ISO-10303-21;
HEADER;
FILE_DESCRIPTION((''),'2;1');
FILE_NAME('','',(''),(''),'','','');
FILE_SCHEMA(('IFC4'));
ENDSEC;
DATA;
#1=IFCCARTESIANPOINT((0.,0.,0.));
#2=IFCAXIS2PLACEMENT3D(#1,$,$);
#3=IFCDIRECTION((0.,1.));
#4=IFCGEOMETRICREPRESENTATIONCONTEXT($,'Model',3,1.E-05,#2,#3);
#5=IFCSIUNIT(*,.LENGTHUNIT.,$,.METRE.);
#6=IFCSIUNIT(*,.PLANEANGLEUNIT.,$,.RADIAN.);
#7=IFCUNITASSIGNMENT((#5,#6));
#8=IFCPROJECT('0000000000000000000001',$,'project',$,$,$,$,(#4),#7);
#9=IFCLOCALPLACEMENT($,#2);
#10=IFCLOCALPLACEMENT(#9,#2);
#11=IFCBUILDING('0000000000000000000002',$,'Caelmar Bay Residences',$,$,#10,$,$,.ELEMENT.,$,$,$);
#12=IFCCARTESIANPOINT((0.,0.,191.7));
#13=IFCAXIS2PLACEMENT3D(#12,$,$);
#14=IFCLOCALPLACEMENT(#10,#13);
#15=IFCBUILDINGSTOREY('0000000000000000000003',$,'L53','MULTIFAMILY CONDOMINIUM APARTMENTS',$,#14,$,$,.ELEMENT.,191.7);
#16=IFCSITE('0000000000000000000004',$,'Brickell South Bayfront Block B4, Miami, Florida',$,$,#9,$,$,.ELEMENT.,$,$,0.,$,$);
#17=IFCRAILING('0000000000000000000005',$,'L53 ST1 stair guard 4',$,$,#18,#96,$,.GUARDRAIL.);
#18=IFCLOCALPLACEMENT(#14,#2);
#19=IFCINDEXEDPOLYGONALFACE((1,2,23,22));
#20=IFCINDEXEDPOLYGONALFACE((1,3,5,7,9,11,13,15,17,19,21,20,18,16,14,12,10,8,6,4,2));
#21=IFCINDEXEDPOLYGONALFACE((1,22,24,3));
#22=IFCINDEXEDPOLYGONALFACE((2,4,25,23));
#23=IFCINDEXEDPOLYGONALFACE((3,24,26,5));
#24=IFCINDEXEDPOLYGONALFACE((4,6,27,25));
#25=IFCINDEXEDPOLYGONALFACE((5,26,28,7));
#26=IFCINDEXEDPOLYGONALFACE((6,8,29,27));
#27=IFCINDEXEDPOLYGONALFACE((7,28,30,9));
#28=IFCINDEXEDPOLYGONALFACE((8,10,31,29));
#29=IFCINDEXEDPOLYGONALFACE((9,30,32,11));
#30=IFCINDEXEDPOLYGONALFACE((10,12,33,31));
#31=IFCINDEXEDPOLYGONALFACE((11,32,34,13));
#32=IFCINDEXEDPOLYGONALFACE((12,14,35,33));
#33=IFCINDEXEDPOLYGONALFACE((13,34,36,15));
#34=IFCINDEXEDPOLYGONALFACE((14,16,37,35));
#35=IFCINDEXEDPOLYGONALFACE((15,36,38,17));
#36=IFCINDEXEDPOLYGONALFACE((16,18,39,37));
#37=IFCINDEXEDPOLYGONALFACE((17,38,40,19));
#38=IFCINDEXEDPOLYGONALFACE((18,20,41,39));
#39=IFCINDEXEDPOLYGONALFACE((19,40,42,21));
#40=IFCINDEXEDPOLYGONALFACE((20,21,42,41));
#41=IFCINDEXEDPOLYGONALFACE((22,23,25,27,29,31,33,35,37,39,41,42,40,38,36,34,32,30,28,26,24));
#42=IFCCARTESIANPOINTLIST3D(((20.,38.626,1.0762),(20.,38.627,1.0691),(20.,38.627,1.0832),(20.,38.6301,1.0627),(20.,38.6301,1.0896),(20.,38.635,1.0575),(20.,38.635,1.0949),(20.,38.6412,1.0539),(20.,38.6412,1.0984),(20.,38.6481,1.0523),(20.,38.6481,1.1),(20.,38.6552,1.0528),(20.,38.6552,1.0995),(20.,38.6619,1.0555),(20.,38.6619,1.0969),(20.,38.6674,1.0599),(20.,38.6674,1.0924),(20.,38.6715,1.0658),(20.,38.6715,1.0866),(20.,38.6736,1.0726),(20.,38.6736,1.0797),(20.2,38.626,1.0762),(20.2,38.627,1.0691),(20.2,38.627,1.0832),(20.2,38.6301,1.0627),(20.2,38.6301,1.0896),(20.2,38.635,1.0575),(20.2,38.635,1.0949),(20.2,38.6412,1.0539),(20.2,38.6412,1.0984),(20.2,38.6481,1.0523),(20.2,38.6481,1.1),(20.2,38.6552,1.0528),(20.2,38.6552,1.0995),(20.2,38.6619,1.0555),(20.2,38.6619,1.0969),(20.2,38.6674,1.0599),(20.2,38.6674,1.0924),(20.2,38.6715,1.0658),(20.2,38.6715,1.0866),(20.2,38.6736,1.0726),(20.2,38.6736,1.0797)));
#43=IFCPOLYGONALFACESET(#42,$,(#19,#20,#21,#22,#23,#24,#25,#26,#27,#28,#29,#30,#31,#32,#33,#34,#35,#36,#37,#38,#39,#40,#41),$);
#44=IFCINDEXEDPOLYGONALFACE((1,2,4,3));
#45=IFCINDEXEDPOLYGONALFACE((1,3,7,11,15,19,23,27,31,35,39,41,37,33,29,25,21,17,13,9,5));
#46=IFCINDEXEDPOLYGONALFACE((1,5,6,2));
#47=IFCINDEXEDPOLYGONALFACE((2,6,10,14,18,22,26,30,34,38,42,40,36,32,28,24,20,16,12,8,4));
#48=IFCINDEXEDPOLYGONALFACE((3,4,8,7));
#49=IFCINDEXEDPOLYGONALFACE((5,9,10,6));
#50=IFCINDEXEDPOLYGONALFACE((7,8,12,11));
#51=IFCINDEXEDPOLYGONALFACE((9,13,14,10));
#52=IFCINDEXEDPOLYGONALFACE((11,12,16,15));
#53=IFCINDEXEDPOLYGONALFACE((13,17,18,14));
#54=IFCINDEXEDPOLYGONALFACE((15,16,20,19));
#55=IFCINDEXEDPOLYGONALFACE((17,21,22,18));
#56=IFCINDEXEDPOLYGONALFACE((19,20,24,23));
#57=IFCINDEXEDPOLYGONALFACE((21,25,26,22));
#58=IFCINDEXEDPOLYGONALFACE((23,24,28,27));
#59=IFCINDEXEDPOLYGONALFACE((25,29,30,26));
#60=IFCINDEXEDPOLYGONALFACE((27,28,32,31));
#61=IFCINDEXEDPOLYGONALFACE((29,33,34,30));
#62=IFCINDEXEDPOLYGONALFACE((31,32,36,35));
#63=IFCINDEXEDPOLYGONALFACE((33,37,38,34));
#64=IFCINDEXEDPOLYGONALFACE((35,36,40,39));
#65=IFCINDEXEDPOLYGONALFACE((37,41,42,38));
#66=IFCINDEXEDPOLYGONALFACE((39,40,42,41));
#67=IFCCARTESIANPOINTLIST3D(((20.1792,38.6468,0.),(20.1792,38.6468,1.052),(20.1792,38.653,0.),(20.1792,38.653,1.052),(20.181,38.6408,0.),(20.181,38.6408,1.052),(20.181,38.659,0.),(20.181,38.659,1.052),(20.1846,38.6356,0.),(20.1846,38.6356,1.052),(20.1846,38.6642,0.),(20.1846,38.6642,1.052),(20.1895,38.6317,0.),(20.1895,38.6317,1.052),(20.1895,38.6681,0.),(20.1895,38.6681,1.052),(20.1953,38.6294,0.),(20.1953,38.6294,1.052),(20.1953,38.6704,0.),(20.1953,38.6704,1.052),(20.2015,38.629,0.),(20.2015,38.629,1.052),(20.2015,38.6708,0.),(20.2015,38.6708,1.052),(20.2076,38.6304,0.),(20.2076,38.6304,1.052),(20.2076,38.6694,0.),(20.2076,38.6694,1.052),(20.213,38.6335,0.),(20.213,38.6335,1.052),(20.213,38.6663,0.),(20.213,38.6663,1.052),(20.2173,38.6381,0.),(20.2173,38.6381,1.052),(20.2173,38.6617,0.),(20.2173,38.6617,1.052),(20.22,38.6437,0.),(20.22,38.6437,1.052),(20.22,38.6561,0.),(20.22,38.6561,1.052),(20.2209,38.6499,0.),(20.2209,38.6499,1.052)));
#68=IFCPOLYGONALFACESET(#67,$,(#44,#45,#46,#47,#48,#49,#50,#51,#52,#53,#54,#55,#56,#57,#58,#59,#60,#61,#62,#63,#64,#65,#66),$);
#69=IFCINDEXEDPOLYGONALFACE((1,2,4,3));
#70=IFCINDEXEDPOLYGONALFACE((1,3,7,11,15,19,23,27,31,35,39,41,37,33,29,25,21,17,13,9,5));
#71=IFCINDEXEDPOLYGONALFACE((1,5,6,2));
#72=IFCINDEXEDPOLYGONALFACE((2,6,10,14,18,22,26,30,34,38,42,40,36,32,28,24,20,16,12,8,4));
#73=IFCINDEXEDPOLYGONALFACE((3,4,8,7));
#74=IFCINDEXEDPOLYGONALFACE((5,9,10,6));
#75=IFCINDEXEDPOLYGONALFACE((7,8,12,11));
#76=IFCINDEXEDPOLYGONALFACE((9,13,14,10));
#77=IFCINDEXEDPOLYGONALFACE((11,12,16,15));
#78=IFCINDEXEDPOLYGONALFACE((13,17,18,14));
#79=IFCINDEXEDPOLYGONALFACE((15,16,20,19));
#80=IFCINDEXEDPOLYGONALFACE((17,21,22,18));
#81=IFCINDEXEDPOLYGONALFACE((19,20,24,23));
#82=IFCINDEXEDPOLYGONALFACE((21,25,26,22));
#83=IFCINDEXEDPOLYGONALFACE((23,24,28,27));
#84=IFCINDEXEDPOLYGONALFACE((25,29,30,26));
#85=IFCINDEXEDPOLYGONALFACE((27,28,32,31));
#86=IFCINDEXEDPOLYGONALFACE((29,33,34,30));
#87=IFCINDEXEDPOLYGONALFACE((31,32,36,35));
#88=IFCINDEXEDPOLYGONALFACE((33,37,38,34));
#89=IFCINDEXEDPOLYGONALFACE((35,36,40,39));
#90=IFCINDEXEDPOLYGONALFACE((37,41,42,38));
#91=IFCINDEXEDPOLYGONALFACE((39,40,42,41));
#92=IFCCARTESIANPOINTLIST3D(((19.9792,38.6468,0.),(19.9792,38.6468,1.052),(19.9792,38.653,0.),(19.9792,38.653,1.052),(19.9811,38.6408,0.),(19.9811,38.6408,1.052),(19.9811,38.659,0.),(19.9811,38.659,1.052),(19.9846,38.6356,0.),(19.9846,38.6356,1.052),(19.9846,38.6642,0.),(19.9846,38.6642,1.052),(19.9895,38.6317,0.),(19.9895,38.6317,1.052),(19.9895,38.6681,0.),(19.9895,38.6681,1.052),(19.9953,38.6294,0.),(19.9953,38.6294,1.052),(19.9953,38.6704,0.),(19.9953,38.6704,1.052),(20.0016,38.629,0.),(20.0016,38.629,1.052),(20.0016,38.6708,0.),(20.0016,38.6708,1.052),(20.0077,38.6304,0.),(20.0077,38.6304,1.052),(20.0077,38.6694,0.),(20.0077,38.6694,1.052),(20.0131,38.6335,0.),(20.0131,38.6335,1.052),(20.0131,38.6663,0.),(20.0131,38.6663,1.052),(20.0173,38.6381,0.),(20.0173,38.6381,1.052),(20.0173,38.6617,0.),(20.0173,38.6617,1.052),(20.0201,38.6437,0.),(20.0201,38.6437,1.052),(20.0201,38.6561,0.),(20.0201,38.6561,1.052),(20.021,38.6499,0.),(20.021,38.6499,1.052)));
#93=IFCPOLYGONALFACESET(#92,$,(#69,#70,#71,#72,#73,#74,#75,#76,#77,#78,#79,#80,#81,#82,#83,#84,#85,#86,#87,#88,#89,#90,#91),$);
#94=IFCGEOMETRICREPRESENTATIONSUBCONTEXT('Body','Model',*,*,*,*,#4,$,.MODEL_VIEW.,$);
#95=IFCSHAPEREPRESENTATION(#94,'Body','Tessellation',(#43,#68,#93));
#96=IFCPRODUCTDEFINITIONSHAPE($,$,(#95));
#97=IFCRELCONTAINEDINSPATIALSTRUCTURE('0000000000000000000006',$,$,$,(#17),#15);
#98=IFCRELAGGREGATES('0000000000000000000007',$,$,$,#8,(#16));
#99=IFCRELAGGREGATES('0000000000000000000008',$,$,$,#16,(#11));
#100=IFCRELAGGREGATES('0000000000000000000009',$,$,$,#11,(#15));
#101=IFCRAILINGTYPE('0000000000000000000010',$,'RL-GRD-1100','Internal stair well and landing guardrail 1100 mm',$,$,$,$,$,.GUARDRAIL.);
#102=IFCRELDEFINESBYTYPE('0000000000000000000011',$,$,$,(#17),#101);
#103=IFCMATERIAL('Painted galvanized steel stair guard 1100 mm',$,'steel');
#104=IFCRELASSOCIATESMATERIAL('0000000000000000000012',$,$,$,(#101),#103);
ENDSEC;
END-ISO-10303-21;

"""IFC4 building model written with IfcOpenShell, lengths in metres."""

from ifc_helpers import new_model, si_unit, direction, frame, origin, origin_2d, place, context, subcontext, project, spatial, circle, extrude, material, type_object, element, save


model = new_model("IFC4")

# Units and contexts
model_context = context("Model", 3, precision=1e-05, world=origin(), true_north=direction((0.0, 1.0)))
body_context = subcontext(model_context, "Body", "Model", "MODEL_VIEW")
ifc_project = project(units=[si_unit("LENGTHUNIT", "METRE"), si_unit("PLANEANGLEUNIT", "RADIAN")], contexts=[model_context])

# Site, building, storey
site_placement = place(None, origin())
site = spatial("IfcSite", under=ifc_project, at=site_placement, Name="Brickell South Bayfront Block B4, Miami, Florida", CompositionType="ELEMENT", RefElevation=0.0)
building_placement = place(site_placement, origin())
building = spatial("IfcBuilding", under=site, at=building_placement, Name="Caelmar Bay Residences", CompositionType="ELEMENT")
storey_placement = place(building_placement, frame((0.0, 0.0, 191.7)))
storey = spatial("IfcBuildingStorey", under=building, at=storey_placement, Name="L53", Description="MULTIFAMILY CONDOMINIUM APARTMENTS", CompositionType="ELEMENT", Elevation=191.7)

# Railing
ifc_material_1 = material(Name="Painted galvanized steel stair guard 1100 mm", Category="steel")
railing_type_1 = type_object("IfcRailingType", Name="RL-GRD-1100", Description="Internal stair well and landing guardrail 1100 mm", PredefinedType="GUARDRAIL", material=ifc_material_1)
railing_1_placement = place(storey_placement, frame((20.2, 38.6499, 0.0)))
element("IfcRailing", 1, at=railing_1_placement, inside=storey, type_object=railing_type_1, Name="L53 ST1 stair guard 4", PredefinedType="GUARDRAIL", context=body_context, shape_type="SweptSolid", body=[
    extrude(circle(Radius=0.0239, at=origin_2d()), frame((0.0, 0.0, 1.0762), z_axis=(-1.0, 0.0, 0.0), x_axis=(0.0, -1.0, 0.0)), (0.0, 0.0, 1.0), 0.2),
    extrude(circle(Radius=0.021, at=origin_2d()), origin(), (0.0, 0.0, 1.0), 1.052),
    extrude(circle(Radius=0.021, at=origin_2d()), frame((-0.2, 0.0, 0.0)), (0.0, 0.0, 1.0), 1.052),
])

save(model, "model.ifc")
